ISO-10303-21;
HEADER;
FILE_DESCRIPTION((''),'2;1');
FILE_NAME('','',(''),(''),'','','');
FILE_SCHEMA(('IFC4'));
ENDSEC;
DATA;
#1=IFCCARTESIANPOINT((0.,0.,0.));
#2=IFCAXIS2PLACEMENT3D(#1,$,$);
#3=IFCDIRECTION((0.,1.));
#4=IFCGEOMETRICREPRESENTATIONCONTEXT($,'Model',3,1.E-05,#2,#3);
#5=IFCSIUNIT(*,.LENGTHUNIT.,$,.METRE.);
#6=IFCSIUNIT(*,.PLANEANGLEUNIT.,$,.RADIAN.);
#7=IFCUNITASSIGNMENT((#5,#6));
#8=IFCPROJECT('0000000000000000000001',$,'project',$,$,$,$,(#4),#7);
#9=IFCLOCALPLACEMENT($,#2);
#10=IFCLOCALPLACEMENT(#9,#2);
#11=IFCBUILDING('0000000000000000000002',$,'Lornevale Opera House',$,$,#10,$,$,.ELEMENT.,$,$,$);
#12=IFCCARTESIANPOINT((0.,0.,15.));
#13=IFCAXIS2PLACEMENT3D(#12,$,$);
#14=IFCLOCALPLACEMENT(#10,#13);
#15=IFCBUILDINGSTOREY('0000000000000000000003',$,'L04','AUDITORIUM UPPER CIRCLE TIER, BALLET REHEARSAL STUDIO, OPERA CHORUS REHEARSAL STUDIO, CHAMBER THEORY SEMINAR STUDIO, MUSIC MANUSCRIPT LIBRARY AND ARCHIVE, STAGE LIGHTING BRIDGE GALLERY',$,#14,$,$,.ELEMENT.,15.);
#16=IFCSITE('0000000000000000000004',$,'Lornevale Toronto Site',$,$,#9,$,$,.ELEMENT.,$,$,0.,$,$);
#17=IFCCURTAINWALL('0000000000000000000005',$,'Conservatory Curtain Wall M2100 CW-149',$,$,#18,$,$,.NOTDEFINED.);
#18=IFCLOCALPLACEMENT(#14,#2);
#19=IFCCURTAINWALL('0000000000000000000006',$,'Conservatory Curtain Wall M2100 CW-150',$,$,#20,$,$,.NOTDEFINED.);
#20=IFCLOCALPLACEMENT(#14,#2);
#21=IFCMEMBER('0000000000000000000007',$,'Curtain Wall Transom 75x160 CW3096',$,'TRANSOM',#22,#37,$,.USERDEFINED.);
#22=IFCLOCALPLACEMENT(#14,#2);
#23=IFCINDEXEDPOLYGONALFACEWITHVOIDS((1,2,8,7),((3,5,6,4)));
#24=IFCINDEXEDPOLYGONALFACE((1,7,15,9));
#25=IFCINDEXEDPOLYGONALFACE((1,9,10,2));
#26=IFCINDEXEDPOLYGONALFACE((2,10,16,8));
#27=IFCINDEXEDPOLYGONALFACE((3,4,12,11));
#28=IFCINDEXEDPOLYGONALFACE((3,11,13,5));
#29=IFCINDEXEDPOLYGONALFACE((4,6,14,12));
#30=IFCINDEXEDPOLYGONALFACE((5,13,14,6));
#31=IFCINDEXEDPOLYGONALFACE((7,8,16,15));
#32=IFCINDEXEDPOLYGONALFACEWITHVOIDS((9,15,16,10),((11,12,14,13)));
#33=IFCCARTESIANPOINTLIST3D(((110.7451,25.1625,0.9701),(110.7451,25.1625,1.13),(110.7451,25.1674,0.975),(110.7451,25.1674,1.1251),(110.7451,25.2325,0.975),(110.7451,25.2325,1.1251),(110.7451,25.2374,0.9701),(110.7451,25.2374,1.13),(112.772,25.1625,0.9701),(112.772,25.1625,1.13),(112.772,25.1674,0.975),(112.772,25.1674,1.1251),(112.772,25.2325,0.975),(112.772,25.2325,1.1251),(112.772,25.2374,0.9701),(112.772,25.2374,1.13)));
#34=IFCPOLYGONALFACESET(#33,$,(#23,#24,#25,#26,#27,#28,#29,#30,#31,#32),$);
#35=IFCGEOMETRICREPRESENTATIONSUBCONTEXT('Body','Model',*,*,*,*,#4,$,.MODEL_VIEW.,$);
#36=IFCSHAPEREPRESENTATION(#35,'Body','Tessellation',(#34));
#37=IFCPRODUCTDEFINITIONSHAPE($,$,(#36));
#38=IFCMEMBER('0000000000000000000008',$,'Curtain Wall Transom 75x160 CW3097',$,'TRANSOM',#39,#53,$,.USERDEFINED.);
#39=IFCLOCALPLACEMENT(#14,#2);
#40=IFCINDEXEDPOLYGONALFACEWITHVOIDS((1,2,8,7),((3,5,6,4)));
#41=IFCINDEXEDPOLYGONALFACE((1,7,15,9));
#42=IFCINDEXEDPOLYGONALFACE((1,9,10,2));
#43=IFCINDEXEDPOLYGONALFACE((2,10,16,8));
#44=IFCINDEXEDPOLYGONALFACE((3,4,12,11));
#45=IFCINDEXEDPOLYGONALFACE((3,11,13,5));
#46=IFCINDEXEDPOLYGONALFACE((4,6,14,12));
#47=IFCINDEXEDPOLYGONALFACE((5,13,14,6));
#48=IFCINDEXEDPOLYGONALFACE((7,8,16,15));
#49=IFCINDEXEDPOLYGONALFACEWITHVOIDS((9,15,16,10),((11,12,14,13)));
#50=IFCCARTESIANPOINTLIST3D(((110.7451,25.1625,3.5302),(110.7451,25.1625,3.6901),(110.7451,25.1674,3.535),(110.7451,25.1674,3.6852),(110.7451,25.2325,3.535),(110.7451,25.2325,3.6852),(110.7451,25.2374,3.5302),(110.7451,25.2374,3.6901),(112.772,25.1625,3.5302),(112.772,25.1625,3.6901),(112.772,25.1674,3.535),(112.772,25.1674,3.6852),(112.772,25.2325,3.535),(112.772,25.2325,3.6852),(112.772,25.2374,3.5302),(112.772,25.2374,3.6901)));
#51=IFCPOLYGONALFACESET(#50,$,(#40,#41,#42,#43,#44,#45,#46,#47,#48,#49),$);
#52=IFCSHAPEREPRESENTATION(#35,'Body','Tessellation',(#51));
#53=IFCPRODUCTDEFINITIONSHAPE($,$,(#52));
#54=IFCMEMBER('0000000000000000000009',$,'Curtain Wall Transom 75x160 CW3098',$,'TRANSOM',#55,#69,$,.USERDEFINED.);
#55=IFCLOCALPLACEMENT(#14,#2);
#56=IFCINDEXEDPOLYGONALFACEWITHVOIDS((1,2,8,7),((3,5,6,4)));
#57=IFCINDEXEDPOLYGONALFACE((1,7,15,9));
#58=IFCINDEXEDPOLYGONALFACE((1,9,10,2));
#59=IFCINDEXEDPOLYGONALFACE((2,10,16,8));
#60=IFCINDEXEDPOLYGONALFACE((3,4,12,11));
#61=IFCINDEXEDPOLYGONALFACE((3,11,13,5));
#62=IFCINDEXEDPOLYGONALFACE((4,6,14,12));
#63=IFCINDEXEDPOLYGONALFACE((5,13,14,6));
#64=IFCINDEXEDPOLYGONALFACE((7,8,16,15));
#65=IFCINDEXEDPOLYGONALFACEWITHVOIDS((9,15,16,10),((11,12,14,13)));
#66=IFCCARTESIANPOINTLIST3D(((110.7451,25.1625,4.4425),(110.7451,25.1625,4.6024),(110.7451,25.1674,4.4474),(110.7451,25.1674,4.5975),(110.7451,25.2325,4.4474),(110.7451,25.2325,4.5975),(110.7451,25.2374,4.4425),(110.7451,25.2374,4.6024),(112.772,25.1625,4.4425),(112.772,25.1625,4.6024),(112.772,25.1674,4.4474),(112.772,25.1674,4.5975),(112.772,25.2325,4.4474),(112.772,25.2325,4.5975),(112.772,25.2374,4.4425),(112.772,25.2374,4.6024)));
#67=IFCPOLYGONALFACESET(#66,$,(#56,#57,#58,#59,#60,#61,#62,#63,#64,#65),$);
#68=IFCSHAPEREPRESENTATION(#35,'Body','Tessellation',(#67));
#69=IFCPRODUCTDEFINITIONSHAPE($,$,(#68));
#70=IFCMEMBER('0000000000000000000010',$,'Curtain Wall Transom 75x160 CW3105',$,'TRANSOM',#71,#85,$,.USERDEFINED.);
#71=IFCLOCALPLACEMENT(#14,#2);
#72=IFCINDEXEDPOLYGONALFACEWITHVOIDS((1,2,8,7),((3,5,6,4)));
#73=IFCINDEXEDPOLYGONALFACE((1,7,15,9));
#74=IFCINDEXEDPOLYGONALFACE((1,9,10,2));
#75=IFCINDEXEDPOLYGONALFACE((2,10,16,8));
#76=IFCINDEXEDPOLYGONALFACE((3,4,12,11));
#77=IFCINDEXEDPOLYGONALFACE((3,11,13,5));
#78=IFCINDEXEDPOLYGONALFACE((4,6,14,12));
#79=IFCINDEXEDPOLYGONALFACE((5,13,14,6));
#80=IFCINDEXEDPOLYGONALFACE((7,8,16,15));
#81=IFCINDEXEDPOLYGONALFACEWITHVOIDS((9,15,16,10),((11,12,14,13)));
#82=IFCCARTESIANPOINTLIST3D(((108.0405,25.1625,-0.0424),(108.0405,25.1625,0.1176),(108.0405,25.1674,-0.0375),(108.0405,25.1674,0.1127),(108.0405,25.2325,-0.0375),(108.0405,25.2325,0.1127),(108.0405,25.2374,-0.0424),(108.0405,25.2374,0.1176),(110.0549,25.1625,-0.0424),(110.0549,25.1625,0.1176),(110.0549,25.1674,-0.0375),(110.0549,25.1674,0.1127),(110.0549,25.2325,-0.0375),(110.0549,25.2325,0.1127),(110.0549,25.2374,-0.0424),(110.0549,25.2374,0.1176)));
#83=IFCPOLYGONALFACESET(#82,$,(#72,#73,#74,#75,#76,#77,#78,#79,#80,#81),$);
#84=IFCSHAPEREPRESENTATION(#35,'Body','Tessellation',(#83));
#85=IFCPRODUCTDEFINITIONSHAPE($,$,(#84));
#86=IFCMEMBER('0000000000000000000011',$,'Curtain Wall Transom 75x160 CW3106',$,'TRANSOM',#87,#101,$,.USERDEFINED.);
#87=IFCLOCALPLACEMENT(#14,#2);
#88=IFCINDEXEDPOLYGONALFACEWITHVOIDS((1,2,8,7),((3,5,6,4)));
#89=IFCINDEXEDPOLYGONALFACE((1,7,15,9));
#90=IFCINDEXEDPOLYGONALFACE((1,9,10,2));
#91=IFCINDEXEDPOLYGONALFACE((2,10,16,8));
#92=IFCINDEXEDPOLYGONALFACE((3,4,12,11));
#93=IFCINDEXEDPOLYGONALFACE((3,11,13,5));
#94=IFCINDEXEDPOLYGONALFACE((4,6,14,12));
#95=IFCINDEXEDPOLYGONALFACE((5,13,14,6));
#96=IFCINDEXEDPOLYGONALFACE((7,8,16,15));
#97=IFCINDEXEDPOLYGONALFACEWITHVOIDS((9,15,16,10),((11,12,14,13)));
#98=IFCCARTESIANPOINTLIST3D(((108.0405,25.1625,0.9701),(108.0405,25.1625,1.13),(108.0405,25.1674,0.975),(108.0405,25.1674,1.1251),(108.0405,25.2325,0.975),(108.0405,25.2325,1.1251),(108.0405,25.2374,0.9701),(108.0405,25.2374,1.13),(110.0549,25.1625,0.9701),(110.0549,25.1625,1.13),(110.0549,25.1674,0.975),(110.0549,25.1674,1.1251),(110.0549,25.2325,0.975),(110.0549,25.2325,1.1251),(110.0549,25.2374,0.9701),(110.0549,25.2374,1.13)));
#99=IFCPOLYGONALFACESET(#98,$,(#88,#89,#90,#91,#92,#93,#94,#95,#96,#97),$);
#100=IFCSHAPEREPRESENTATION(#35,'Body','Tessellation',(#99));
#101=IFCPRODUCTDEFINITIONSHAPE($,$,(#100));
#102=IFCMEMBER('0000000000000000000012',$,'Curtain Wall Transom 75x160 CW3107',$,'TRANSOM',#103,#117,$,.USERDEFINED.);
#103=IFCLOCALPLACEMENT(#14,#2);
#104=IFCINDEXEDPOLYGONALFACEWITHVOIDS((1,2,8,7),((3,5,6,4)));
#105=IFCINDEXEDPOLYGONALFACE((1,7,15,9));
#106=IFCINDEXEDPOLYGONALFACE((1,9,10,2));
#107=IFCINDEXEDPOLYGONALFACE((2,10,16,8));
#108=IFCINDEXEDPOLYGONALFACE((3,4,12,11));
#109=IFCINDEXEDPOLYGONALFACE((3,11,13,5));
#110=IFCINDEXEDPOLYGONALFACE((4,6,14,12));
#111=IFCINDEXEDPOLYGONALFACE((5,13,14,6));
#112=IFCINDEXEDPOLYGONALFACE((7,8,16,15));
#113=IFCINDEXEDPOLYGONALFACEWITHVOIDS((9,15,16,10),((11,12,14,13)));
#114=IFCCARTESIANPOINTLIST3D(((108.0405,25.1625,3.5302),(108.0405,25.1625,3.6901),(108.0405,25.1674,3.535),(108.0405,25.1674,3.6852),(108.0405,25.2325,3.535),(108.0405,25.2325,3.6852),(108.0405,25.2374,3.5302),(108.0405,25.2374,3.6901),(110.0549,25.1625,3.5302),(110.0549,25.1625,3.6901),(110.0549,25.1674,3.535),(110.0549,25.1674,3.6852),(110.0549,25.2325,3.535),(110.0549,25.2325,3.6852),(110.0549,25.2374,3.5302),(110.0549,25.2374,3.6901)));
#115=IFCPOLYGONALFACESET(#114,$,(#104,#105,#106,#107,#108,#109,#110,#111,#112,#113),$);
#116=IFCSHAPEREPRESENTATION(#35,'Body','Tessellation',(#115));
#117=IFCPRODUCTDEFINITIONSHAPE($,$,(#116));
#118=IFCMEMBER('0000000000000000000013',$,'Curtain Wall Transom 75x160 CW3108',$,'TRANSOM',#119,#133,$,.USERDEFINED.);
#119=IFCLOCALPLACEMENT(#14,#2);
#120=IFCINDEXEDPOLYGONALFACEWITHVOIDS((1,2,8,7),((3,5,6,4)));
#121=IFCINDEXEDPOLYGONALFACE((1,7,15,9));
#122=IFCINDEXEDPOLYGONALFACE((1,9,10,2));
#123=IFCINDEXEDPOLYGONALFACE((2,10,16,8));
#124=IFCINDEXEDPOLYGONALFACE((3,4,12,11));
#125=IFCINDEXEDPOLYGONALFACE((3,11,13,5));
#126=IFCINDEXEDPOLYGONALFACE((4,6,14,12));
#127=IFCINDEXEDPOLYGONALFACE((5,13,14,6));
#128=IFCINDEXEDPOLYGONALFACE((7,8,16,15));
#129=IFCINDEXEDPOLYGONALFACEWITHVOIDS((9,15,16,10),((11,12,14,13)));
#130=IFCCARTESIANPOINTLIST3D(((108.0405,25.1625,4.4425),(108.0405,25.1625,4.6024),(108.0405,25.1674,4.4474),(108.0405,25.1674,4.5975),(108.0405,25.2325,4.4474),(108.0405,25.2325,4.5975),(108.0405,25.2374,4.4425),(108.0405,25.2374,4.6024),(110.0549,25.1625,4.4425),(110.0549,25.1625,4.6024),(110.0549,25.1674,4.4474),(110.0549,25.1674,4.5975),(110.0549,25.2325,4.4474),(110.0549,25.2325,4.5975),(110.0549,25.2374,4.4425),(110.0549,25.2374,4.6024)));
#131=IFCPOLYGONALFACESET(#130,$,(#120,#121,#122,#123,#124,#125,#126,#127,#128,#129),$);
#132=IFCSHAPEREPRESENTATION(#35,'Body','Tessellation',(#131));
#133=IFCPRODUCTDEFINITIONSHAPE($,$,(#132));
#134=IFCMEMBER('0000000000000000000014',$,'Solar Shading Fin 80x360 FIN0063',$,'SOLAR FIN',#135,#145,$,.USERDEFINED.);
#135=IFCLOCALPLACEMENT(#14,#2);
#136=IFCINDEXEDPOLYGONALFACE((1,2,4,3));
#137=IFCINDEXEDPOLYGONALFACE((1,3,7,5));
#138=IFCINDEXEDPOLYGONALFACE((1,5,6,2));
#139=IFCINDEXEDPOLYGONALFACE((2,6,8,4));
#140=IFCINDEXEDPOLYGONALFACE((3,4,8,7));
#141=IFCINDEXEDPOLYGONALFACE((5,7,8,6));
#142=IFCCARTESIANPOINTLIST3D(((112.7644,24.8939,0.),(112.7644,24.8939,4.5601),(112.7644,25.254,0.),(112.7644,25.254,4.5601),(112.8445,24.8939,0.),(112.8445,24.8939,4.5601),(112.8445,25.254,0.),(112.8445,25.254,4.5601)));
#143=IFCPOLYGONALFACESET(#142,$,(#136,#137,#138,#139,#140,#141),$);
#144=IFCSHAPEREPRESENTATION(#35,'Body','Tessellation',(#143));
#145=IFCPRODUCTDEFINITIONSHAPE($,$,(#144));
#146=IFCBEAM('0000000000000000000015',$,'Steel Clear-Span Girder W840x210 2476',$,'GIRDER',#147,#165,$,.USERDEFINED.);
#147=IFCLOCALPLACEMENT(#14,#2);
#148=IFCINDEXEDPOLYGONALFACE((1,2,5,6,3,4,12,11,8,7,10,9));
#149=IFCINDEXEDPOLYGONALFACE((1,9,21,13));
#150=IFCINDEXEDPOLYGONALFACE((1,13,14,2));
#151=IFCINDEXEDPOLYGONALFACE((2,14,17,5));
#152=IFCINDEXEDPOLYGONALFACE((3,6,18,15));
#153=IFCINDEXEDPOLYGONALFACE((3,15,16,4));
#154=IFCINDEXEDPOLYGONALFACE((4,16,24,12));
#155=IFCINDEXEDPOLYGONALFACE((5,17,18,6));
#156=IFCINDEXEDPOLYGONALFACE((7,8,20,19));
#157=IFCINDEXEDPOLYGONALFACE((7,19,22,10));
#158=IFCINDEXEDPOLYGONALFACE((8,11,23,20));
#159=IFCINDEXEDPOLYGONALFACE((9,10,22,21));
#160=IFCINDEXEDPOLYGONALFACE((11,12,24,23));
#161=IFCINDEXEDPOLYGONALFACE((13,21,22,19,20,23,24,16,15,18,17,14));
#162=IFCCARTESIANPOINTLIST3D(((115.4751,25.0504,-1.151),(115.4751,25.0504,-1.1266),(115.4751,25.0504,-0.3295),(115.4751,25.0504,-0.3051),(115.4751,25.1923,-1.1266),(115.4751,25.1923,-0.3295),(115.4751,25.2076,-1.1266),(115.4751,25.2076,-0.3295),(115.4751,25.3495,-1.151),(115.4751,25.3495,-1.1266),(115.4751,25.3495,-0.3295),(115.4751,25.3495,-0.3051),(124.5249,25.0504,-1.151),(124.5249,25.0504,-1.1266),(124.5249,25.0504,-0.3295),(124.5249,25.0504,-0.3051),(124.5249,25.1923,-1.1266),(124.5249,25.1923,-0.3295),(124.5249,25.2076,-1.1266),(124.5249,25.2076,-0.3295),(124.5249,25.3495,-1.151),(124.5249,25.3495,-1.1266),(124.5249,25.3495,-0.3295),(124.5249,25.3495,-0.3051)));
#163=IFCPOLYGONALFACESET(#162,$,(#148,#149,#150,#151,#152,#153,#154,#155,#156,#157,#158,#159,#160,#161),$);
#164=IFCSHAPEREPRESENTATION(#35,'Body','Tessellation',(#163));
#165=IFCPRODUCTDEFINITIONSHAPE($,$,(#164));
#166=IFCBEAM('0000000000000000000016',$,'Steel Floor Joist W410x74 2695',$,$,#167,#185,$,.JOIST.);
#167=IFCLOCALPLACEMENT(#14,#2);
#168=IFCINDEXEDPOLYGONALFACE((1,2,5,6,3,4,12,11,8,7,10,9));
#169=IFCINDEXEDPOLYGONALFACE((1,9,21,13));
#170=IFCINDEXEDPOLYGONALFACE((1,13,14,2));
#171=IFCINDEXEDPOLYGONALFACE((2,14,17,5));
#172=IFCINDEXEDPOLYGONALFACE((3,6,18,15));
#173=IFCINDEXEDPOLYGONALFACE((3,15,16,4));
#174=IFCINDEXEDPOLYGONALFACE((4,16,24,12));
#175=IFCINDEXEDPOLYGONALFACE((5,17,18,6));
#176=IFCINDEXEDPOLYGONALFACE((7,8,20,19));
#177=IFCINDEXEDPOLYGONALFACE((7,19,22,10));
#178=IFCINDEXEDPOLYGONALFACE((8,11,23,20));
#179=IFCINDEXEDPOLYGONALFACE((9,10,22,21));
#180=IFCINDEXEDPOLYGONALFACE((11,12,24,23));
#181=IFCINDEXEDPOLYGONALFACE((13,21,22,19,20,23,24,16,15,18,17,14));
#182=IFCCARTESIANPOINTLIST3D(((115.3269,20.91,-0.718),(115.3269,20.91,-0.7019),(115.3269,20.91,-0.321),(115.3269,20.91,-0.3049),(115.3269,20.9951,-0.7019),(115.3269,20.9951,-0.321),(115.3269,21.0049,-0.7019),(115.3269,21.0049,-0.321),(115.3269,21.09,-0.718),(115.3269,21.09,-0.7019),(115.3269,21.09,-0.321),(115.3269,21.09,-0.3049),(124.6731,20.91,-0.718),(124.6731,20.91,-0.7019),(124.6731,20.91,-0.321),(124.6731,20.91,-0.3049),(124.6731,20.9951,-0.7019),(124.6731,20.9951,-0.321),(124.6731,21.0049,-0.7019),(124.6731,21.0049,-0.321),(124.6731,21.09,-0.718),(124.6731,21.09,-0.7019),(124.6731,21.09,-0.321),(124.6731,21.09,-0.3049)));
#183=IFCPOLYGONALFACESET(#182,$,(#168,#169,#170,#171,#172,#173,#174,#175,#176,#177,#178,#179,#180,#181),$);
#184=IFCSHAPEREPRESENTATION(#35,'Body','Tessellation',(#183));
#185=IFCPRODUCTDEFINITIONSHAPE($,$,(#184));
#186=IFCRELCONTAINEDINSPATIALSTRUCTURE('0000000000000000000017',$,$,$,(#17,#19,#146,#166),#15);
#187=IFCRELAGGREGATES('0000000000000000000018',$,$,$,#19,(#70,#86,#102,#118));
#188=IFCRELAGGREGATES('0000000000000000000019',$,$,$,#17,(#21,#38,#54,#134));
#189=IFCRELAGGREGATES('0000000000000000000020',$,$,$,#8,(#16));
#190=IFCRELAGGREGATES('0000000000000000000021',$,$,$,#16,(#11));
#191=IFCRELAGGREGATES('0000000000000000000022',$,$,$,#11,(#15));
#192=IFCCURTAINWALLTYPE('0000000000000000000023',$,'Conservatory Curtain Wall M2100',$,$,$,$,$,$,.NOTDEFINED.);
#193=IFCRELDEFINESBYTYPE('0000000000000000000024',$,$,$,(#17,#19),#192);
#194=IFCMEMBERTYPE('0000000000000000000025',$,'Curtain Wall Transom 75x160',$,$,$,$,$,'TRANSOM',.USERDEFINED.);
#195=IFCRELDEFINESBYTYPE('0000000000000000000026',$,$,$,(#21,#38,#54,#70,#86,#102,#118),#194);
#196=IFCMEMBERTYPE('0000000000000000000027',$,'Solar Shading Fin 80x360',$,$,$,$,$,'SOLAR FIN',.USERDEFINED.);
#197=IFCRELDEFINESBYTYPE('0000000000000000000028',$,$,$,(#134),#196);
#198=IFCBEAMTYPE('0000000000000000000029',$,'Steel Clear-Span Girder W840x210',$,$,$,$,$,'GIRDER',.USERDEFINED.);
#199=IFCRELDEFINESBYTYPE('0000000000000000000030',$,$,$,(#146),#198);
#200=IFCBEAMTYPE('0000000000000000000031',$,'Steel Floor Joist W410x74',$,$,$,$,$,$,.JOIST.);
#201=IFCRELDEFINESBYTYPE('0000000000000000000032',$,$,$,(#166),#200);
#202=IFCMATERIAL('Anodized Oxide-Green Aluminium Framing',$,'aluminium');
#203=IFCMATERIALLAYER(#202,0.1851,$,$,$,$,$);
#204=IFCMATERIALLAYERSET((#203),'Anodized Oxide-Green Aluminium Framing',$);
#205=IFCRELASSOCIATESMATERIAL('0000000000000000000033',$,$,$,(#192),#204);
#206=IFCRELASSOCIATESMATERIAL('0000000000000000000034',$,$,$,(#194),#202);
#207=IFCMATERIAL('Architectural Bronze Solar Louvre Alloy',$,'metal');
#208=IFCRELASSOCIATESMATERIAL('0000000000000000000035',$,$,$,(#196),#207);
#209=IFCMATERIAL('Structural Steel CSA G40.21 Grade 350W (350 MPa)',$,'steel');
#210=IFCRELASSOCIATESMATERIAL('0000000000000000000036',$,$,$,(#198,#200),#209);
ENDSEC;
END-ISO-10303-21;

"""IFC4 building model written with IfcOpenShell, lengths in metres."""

from ifc_helpers import new_model, si_unit, direction, frame, origin, origin_2d, place, context, subcontext, project, spatial, rectangle, hollow_rectangle, i_section, extrude, material, layer, layer_set, material_profile, profile_set, type_object, element, aggregate, save


model = new_model("IFC4")

# Units and contexts
model_context = context("Model", 3, precision=1e-05, world=origin(), true_north=direction((0.0, 1.0)))
body_context = subcontext(model_context, "Body", "Model", "MODEL_VIEW")
ifc_project = project(units=[si_unit("LENGTHUNIT", "METRE"), si_unit("PLANEANGLEUNIT", "RADIAN")], contexts=[model_context])

# Site, building, storey
site_placement = place(None, origin())
site = spatial("IfcSite", under=ifc_project, at=site_placement, Name="Lornevale Toronto Site", CompositionType="ELEMENT", RefElevation=0.0)
building_placement = place(site_placement, origin())
building = spatial("IfcBuilding", under=site, at=building_placement, Name="Lornevale Opera House", CompositionType="ELEMENT")
storey_placement = place(building_placement, frame((0.0, 0.0, 15.0)))
storey = spatial("IfcBuildingStorey", under=building, at=storey_placement, Name="L04", Description="AUDITORIUM UPPER CIRCLE TIER, BALLET REHEARSAL STUDIO, OPERA CHORUS REHEARSAL STUDIO, CHAMBER THEORY SEMINAR STUDIO, MUSIC MANUSCRIPT LIBRARY AND ARCHIVE, STAGE LIGHTING BRIDGE GALLERY", CompositionType="ELEMENT", Elevation=15.0)

# Curtain wall
ifc_material_1 = material(Name="Anodized Oxide-Green Aluminium Framing", Category="aluminium")
ifc_layer_1 = layer(ifc_material_1, 0.1851)
ifc_layer_set_1 = layer_set([ifc_layer_1], Name="Anodized Oxide-Green Aluminium Framing")
curtain_wall_type = type_object("IfcCurtainWallType", Name="Conservatory Curtain Wall M2100", PredefinedType="NOTDEFINED", material=ifc_layer_set_1)
curtain_wall_1_placement = place(storey_placement, origin())
curtain_wall_1 = element("IfcCurtainWall", 1, at=curtain_wall_1_placement, inside=storey, type_object=curtain_wall_type, Name="Conservatory Curtain Wall M2100 CW-149", PredefinedType="NOTDEFINED")

# Curtain wall
curtain_wall_2_placement = place(storey_placement, origin())
curtain_wall_2 = element("IfcCurtainWall", 2, at=curtain_wall_2_placement, inside=storey, type_object=curtain_wall_type, Name="Conservatory Curtain Wall M2100 CW-150", PredefinedType="NOTDEFINED")

# Members
ifc_material_profile_1 = material_profile(ifc_material_1, hollow_rectangle(XDim=0.075, YDim=0.1599, WallThickness=0.0049, at=origin_2d()), Name="ALU75x160x5")
ifc_profile_set_1 = profile_set([ifc_material_profile_1], Name="Anodized Oxide-Green Aluminium Framing")
member_type_1 = type_object("IfcMemberType", Name="Curtain Wall Transom 75x160", ElementType="TRANSOM", PredefinedType="USERDEFINED", material=ifc_profile_set_1)
member_1_placement = place(storey_placement, frame((112.772, 25.2, 1.05), z_axis=(-1.0, 0.0, 0.0), x_axis=(0.0, -1.0, 0.0)))
member_1 = element("IfcMember", 3, at=member_1_placement, type_object=member_type_1, Name="Curtain Wall Transom 75x160 CW3096", ObjectType="TRANSOM", PredefinedType="USERDEFINED", context=body_context, shape_type="SweptSolid", body=[
    extrude(hollow_rectangle(XDim=0.075, YDim=0.1599, WallThickness=0.0049, at=origin_2d()), origin(), (0.0, 0.0, 1.0), 2.0269),
])
member_2_placement = place(storey_placement, frame((112.772, 25.2, 3.6101), z_axis=(-1.0, 0.0, 0.0), x_axis=(0.0, -1.0, 0.0)))
member_2 = element("IfcMember", 4, at=member_2_placement, type_object=member_type_1, Name="Curtain Wall Transom 75x160 CW3097", ObjectType="TRANSOM", PredefinedType="USERDEFINED", context=body_context, shape_type="SweptSolid", body=[
    extrude(hollow_rectangle(XDim=0.075, YDim=0.1599, WallThickness=0.0049, at=origin_2d()), origin(), (0.0, 0.0, 1.0), 2.0269),
])
member_3_placement = place(storey_placement, frame((112.772, 25.2, 4.5225), z_axis=(-1.0, 0.0, 0.0), x_axis=(0.0, -1.0, 0.0)))
member_3 = element("IfcMember", 5, at=member_3_placement, type_object=member_type_1, Name="Curtain Wall Transom 75x160 CW3098", ObjectType="TRANSOM", PredefinedType="USERDEFINED", context=body_context, shape_type="SweptSolid", body=[
    extrude(hollow_rectangle(XDim=0.075, YDim=0.1599, WallThickness=0.0049, at=origin_2d()), origin(), (0.0, 0.0, 1.0), 2.0269),
])
member_4_placement = place(storey_placement, frame((110.0549, 25.2, 0.0376), z_axis=(-1.0, 0.0, 0.0), x_axis=(0.0, -1.0, 0.0)))
member_4 = element("IfcMember", 6, at=member_4_placement, type_object=member_type_1, Name="Curtain Wall Transom 75x160 CW3105", ObjectType="TRANSOM", PredefinedType="USERDEFINED", context=body_context, shape_type="SweptSolid", body=[
    extrude(hollow_rectangle(XDim=0.075, YDim=0.1599, WallThickness=0.0049, at=origin_2d()), origin(), (0.0, 0.0, 1.0), 2.0144),
])
member_5_placement = place(storey_placement, frame((110.0549, 25.2, 1.05), z_axis=(-1.0, 0.0, 0.0), x_axis=(0.0, -1.0, 0.0)))
member_5 = element("IfcMember", 7, at=member_5_placement, type_object=member_type_1, Name="Curtain Wall Transom 75x160 CW3106", ObjectType="TRANSOM", PredefinedType="USERDEFINED", context=body_context, shape_type="SweptSolid", body=[
    extrude(hollow_rectangle(XDim=0.075, YDim=0.1599, WallThickness=0.0049, at=origin_2d()), origin(), (0.0, 0.0, 1.0), 2.0144),
])
member_6_placement = place(storey_placement, frame((110.0549, 25.2, 3.6101), z_axis=(-1.0, 0.0, 0.0), x_axis=(0.0, -1.0, 0.0)))
member_6 = element("IfcMember", 8, at=member_6_placement, type_object=member_type_1, Name="Curtain Wall Transom 75x160 CW3107", ObjectType="TRANSOM", PredefinedType="USERDEFINED", context=body_context, shape_type="SweptSolid", body=[
    extrude(hollow_rectangle(XDim=0.075, YDim=0.1599, WallThickness=0.0049, at=origin_2d()), origin(), (0.0, 0.0, 1.0), 2.0144),
])
member_7_placement = place(storey_placement, frame((110.0549, 25.2, 4.5225), z_axis=(-1.0, 0.0, 0.0), x_axis=(0.0, -1.0, 0.0)))
member_7 = element("IfcMember", 9, at=member_7_placement, type_object=member_type_1, Name="Curtain Wall Transom 75x160 CW3108", ObjectType="TRANSOM", PredefinedType="USERDEFINED", context=body_context, shape_type="SweptSolid", body=[
    extrude(hollow_rectangle(XDim=0.075, YDim=0.1599, WallThickness=0.0049, at=origin_2d()), origin(), (0.0, 0.0, 1.0), 2.0144),
])
aggregate(curtain_wall_2, [member_4, member_5, member_6, member_7])
ifc_material_2 = material(Name="Architectural Bronze Solar Louvre Alloy", Category="metal")
ifc_material_profile_2 = material_profile(ifc_material_2, rectangle(XDim=0.0801, YDim=0.3601, at=origin_2d()), Name="FIN80x360")
ifc_profile_set_2 = profile_set([ifc_material_profile_2], Name="Architectural Bronze Solar Louvre Alloy")
member_type_2 = type_object("IfcMemberType", Name="Solar Shading Fin 80x360", ElementType="SOLAR FIN", PredefinedType="USERDEFINED", material=ifc_profile_set_2)
member_8_placement = place(storey_placement, frame((112.8044, 25.074, 0.0), z_axis=(0.0, 0.0, 1.0), x_axis=(-1.0, 0.0, 0.0)))
member_8 = element("IfcMember", 10, at=member_8_placement, type_object=member_type_2, Name="Solar Shading Fin 80x360 FIN0063", ObjectType="SOLAR FIN", PredefinedType="USERDEFINED", context=body_context, shape_type="SweptSolid", body=[
    extrude(rectangle(XDim=0.0801, YDim=0.3601, at=origin_2d()), origin(), (0.0, 0.0, 1.0), 4.5601),
])

# Beams
ifc_material_3 = material(Name="Structural Steel CSA G40.21 Grade 350W (350 MPa)", Category="steel")
ifc_material_profile_3 = material_profile(ifc_material_3, i_section(OverallWidth=0.2991, OverallDepth=0.8459, WebThickness=0.0154, FlangeThickness=0.0244, at=origin_2d()), Name="W840x210")
ifc_profile_set_3 = profile_set([ifc_material_profile_3], Name="Structural Steel CSA G40.21 Grade 350W (350 MPa)")
beam_type_1 = type_object("IfcBeamType", Name="Steel Clear-Span Girder W840x210", ElementType="GIRDER", PredefinedType="USERDEFINED", material=ifc_profile_set_3)
beam_1_placement = place(storey_placement, frame((115.4751, 25.2, -0.728), z_axis=(1.0, 0.0, 0.0), x_axis=(0.0, 1.0, 0.0)))
element("IfcBeam", 11, at=beam_1_placement, inside=storey, type_object=beam_type_1, Name="Steel Clear-Span Girder W840x210 2476", ObjectType="GIRDER", PredefinedType="USERDEFINED", context=body_context, shape_type="SweptSolid", body=[
    extrude(i_section(OverallWidth=0.2991, OverallDepth=0.8459, WebThickness=0.0154, FlangeThickness=0.0244, at=origin_2d()), origin(), (0.0, 0.0, 1.0), 9.0498),
])
ifc_material_profile_4 = material_profile(ifc_material_3, i_section(OverallWidth=0.1799, OverallDepth=0.4131, WebThickness=0.0098, FlangeThickness=0.0161, at=origin_2d()), Name="W410x74")
ifc_profile_set_4 = profile_set([ifc_material_profile_4], Name="Structural Steel CSA G40.21 Grade 350W (350 MPa)")
beam_type_2 = type_object("IfcBeamType", Name="Steel Floor Joist W410x74", PredefinedType="JOIST", material=ifc_profile_set_4)
beam_2_placement = place(storey_placement, frame((115.3269, 21.0, -0.5115), z_axis=(1.0, 0.0, 0.0), x_axis=(0.0, 1.0, 0.0)))
element("IfcBeam", 12, at=beam_2_placement, inside=storey, type_object=beam_type_2, Name="Steel Floor Joist W410x74 2695", PredefinedType="JOIST", context=body_context, shape_type="SweptSolid", body=[
    extrude(i_section(OverallWidth=0.1799, OverallDepth=0.4131, WebThickness=0.0098, FlangeThickness=0.0161, at=origin_2d()), origin(), (0.0, 0.0, 1.0), 9.3462),
])

aggregate(curtain_wall_1, [member_1, member_2, member_3, member_8])

save(model, "model.ifc")
